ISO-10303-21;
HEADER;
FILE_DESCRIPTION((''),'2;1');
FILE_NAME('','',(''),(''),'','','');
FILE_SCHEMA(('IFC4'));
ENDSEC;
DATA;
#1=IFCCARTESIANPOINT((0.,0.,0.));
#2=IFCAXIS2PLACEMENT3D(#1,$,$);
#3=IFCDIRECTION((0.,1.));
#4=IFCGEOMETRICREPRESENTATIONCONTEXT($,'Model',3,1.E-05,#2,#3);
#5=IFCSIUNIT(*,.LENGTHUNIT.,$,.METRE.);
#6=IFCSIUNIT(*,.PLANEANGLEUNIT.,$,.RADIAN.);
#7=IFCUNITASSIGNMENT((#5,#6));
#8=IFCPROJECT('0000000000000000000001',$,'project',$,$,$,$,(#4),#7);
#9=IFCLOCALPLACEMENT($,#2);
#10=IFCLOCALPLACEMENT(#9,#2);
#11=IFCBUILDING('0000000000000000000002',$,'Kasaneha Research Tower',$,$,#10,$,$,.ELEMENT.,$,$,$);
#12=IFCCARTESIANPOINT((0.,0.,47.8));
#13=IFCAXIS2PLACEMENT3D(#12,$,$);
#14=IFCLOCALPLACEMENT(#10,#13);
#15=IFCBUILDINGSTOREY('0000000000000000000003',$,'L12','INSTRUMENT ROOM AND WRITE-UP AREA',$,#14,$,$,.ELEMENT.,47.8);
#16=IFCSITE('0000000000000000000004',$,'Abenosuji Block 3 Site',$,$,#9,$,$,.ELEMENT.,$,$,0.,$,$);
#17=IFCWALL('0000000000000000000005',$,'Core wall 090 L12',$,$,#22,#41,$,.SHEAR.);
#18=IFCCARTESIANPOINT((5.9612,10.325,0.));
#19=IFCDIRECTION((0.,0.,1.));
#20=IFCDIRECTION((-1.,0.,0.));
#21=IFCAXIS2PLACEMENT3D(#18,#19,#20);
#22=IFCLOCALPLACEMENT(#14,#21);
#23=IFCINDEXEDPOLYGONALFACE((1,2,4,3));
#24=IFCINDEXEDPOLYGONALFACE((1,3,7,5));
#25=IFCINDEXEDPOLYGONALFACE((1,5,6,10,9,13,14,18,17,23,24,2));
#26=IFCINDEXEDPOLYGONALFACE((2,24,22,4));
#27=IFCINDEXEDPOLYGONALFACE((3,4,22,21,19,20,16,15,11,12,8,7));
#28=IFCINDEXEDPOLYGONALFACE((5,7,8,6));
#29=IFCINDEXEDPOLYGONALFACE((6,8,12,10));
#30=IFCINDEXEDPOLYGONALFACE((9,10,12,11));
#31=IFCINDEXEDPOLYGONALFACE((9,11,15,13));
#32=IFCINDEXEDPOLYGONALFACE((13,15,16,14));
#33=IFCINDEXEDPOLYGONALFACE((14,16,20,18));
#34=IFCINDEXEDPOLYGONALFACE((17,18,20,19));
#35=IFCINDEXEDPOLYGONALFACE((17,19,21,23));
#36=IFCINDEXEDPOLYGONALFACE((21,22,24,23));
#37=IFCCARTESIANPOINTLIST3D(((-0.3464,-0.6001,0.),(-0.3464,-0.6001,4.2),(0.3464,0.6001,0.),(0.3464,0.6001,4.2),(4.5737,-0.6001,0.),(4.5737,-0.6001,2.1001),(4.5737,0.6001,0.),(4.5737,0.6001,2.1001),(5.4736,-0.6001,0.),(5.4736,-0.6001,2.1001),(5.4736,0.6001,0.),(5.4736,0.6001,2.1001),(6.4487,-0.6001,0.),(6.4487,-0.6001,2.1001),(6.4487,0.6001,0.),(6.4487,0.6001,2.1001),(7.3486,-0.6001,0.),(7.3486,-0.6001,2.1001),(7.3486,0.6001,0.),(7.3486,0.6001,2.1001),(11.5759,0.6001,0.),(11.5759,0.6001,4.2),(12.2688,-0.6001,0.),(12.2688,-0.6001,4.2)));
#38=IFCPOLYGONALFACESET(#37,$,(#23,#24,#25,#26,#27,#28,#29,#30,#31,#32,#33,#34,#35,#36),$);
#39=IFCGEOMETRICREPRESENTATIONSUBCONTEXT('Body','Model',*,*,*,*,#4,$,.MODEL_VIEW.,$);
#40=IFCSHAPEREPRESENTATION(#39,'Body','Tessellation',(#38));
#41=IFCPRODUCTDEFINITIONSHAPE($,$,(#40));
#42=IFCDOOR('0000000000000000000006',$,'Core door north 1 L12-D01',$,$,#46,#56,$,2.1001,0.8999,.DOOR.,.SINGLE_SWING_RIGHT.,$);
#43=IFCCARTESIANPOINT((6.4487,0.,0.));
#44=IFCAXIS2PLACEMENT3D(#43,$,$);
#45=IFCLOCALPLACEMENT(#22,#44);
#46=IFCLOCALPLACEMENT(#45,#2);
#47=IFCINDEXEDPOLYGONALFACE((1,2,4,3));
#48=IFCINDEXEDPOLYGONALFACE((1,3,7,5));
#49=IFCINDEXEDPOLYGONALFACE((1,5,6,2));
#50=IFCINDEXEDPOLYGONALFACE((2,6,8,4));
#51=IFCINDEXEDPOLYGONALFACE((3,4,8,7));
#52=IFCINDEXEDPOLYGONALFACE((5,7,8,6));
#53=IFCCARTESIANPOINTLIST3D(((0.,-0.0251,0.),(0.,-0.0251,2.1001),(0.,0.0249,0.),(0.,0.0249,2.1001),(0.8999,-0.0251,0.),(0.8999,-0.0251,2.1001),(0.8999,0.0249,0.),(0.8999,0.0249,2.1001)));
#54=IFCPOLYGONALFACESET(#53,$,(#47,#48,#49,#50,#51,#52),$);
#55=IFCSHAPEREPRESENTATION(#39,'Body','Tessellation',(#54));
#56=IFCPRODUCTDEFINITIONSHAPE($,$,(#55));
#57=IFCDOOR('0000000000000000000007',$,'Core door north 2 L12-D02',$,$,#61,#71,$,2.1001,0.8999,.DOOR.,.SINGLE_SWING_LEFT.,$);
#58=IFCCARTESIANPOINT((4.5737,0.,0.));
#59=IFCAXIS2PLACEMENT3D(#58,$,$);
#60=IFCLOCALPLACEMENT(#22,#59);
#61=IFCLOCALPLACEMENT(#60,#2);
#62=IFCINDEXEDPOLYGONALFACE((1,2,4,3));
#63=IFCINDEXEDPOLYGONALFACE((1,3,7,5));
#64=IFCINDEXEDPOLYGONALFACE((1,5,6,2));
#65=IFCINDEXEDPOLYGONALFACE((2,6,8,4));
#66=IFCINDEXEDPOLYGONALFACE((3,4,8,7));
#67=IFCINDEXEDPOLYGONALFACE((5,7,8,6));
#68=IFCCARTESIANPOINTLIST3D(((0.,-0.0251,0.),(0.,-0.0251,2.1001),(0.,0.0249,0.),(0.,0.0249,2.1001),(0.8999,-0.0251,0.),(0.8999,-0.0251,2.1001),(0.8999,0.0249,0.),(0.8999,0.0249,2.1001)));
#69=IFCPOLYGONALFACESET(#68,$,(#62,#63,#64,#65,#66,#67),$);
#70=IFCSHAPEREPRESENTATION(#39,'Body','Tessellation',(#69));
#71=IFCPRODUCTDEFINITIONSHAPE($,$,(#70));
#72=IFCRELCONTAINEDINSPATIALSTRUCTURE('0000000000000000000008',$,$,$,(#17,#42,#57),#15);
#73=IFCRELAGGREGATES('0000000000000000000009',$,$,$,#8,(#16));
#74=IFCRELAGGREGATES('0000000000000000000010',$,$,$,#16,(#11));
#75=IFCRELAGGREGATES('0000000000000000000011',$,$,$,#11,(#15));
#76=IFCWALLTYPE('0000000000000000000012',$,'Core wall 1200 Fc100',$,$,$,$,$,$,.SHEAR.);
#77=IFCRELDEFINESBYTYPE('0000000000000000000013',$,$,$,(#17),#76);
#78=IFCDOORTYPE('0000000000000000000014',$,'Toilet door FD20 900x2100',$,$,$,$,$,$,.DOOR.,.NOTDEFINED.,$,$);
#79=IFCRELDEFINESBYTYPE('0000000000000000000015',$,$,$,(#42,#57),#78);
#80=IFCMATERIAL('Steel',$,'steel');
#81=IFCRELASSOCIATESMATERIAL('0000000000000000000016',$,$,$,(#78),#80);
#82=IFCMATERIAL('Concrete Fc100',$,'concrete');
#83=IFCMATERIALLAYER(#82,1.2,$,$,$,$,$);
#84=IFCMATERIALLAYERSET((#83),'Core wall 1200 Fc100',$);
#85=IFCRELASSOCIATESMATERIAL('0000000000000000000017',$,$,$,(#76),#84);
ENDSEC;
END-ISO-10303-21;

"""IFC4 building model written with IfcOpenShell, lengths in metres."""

from ifc_helpers import new_model, si_unit, direction, frame, frame_2d, origin, place, context, subcontext, project, spatial, polyline, rectangle, outline, extrude, material, layer, layer_set, type_object, element, fill, save


model = new_model("IFC4")

# Units and contexts
model_context = context("Model", 3, precision=1e-05, world=origin(), true_north=direction((0.0, 1.0)))
body_context = subcontext(model_context, "Body", "Model", "MODEL_VIEW")
ifc_project = project(units=[si_unit("LENGTHUNIT", "METRE"), si_unit("PLANEANGLEUNIT", "RADIAN")], contexts=[model_context])

# Site, building, storey
site_placement = place(None, origin())
site = spatial("IfcSite", under=ifc_project, at=site_placement, Name="Abenosuji Block 3 Site", CompositionType="ELEMENT", RefElevation=0.0)
building_placement = place(site_placement, origin())
building = spatial("IfcBuilding", under=site, at=building_placement, Name="Kasaneha Research Tower", CompositionType="ELEMENT")
storey_placement = place(building_placement, frame((0.0, 0.0, 47.8)))
storey = spatial("IfcBuildingStorey", under=building, at=storey_placement, Name="L12", Description="INSTRUMENT ROOM AND WRITE-UP AREA", CompositionType="ELEMENT", Elevation=47.8)

# Shared definitions
ifc_material_1 = material(Name="Steel", Category="steel")
door_type_1 = type_object("IfcDoorType", Name="Toilet door FD20 900x2100", OperationType="NOTDEFINED", PredefinedType="DOOR", material=ifc_material_1)

# Wall, openings, doors
ifc_material_2 = material(Name="Concrete Fc100", Category="concrete")
ifc_layer_1 = layer(ifc_material_2, 1.2)
ifc_layer_set_1 = layer_set([ifc_layer_1], Name="Core wall 1200 Fc100")
wall_type_1 = type_object("IfcWallType", Name="Core wall 1200 Fc100", PredefinedType="SHEAR", material=ifc_layer_set_1)
wall_1_placement = place(storey_placement, frame((5.9612, 10.325, 0.0), z_axis=(0.0, 0.0, 1.0), x_axis=(-1.0, 0.0, 0.0)))
wall_1 = element("IfcWall", 1, at=wall_1_placement, inside=storey, type_object=wall_type_1, Name="Core wall 090 L12", PredefinedType="SHEAR", context=body_context, shape_type="SweptSolid", body=[
    extrude(outline(polyline([(-0.3464, -0.6001), (4.5737, -0.6001), (5.4736, -0.6001), (6.4487, -0.6001), (7.3486, -0.6001), (12.2688, -0.6001), (11.5759, 0.6001), (7.3486, 0.6001), (6.4487, 0.6001), (5.4736, 0.6001), (4.5737, 0.6001), (0.3464, 0.6001), (-0.3464, -0.6001)])), origin(), (0.0, 0.0, 1.0), 4.2),
])
opening_1_placement = place(wall_1_placement, frame((6.4487, 0.0, 0.0)))
opening_1 = element("IfcOpeningElement", 2, at=opening_1_placement, cuts=wall_1, PredefinedType="OPENING", context=body_context, shape_type="SweptSolid", body=[
    extrude(rectangle(XDim=0.8999, YDim=2.1001, at=frame_2d((0.45, 1.05))), frame((0.0, 0.6099, 0.0), z_axis=(0.0, -1.0, 0.0), x_axis=(1.0, 0.0, 0.0)), (0.0, 0.0, 1.0), 1.22),
])
opening_2_placement = place(wall_1_placement, frame((4.5737, 0.0, 0.0)))
opening_2 = element("IfcOpeningElement", 3, at=opening_2_placement, cuts=wall_1, PredefinedType="OPENING", context=body_context, shape_type="SweptSolid", body=[
    extrude(rectangle(XDim=0.8999, YDim=2.1001, at=frame_2d((0.45, 1.05))), frame((0.0, 0.6099, 0.0), z_axis=(0.0, -1.0, 0.0), x_axis=(1.0, 0.0, 0.0)), (0.0, 0.0, 1.0), 1.22),
])
door_1_placement = place(opening_1_placement, origin())
door_1 = element("IfcDoor", 4, at=door_1_placement, inside=storey, type_object=door_type_1, Name="Core door north 1 L12-D01", OperationType="SINGLE_SWING_RIGHT", OverallHeight=2.1001, OverallWidth=0.8999, PredefinedType="DOOR", context=body_context, shape_type="SweptSolid", body=[
    extrude(rectangle(XDim=0.8999, YDim=2.1001, at=frame_2d((0.45, 1.05))), frame((0.0, 0.0249, 0.0), z_axis=(0.0, -1.0, 0.0), x_axis=(1.0, 0.0, 0.0)), (0.0, 0.0, 1.0), 0.05),
])
fill(opening_1, door_1)
door_2_placement = place(opening_2_placement, origin())
door_2 = element("IfcDoor", 5, at=door_2_placement, inside=storey, type_object=door_type_1, Name="Core door north 2 L12-D02", OperationType="SINGLE_SWING_LEFT", OverallHeight=2.1001, OverallWidth=0.8999, PredefinedType="DOOR", context=body_context, shape_type="SweptSolid", body=[
    extrude(rectangle(XDim=0.8999, YDim=2.1001, at=frame_2d((0.45, 1.05))), frame((0.0, 0.0249, 0.0), z_axis=(0.0, -1.0, 0.0), x_axis=(1.0, 0.0, 0.0)), (0.0, 0.0, 1.0), 0.05),
])
fill(opening_2, door_2)

save(model, "model.ifc")
